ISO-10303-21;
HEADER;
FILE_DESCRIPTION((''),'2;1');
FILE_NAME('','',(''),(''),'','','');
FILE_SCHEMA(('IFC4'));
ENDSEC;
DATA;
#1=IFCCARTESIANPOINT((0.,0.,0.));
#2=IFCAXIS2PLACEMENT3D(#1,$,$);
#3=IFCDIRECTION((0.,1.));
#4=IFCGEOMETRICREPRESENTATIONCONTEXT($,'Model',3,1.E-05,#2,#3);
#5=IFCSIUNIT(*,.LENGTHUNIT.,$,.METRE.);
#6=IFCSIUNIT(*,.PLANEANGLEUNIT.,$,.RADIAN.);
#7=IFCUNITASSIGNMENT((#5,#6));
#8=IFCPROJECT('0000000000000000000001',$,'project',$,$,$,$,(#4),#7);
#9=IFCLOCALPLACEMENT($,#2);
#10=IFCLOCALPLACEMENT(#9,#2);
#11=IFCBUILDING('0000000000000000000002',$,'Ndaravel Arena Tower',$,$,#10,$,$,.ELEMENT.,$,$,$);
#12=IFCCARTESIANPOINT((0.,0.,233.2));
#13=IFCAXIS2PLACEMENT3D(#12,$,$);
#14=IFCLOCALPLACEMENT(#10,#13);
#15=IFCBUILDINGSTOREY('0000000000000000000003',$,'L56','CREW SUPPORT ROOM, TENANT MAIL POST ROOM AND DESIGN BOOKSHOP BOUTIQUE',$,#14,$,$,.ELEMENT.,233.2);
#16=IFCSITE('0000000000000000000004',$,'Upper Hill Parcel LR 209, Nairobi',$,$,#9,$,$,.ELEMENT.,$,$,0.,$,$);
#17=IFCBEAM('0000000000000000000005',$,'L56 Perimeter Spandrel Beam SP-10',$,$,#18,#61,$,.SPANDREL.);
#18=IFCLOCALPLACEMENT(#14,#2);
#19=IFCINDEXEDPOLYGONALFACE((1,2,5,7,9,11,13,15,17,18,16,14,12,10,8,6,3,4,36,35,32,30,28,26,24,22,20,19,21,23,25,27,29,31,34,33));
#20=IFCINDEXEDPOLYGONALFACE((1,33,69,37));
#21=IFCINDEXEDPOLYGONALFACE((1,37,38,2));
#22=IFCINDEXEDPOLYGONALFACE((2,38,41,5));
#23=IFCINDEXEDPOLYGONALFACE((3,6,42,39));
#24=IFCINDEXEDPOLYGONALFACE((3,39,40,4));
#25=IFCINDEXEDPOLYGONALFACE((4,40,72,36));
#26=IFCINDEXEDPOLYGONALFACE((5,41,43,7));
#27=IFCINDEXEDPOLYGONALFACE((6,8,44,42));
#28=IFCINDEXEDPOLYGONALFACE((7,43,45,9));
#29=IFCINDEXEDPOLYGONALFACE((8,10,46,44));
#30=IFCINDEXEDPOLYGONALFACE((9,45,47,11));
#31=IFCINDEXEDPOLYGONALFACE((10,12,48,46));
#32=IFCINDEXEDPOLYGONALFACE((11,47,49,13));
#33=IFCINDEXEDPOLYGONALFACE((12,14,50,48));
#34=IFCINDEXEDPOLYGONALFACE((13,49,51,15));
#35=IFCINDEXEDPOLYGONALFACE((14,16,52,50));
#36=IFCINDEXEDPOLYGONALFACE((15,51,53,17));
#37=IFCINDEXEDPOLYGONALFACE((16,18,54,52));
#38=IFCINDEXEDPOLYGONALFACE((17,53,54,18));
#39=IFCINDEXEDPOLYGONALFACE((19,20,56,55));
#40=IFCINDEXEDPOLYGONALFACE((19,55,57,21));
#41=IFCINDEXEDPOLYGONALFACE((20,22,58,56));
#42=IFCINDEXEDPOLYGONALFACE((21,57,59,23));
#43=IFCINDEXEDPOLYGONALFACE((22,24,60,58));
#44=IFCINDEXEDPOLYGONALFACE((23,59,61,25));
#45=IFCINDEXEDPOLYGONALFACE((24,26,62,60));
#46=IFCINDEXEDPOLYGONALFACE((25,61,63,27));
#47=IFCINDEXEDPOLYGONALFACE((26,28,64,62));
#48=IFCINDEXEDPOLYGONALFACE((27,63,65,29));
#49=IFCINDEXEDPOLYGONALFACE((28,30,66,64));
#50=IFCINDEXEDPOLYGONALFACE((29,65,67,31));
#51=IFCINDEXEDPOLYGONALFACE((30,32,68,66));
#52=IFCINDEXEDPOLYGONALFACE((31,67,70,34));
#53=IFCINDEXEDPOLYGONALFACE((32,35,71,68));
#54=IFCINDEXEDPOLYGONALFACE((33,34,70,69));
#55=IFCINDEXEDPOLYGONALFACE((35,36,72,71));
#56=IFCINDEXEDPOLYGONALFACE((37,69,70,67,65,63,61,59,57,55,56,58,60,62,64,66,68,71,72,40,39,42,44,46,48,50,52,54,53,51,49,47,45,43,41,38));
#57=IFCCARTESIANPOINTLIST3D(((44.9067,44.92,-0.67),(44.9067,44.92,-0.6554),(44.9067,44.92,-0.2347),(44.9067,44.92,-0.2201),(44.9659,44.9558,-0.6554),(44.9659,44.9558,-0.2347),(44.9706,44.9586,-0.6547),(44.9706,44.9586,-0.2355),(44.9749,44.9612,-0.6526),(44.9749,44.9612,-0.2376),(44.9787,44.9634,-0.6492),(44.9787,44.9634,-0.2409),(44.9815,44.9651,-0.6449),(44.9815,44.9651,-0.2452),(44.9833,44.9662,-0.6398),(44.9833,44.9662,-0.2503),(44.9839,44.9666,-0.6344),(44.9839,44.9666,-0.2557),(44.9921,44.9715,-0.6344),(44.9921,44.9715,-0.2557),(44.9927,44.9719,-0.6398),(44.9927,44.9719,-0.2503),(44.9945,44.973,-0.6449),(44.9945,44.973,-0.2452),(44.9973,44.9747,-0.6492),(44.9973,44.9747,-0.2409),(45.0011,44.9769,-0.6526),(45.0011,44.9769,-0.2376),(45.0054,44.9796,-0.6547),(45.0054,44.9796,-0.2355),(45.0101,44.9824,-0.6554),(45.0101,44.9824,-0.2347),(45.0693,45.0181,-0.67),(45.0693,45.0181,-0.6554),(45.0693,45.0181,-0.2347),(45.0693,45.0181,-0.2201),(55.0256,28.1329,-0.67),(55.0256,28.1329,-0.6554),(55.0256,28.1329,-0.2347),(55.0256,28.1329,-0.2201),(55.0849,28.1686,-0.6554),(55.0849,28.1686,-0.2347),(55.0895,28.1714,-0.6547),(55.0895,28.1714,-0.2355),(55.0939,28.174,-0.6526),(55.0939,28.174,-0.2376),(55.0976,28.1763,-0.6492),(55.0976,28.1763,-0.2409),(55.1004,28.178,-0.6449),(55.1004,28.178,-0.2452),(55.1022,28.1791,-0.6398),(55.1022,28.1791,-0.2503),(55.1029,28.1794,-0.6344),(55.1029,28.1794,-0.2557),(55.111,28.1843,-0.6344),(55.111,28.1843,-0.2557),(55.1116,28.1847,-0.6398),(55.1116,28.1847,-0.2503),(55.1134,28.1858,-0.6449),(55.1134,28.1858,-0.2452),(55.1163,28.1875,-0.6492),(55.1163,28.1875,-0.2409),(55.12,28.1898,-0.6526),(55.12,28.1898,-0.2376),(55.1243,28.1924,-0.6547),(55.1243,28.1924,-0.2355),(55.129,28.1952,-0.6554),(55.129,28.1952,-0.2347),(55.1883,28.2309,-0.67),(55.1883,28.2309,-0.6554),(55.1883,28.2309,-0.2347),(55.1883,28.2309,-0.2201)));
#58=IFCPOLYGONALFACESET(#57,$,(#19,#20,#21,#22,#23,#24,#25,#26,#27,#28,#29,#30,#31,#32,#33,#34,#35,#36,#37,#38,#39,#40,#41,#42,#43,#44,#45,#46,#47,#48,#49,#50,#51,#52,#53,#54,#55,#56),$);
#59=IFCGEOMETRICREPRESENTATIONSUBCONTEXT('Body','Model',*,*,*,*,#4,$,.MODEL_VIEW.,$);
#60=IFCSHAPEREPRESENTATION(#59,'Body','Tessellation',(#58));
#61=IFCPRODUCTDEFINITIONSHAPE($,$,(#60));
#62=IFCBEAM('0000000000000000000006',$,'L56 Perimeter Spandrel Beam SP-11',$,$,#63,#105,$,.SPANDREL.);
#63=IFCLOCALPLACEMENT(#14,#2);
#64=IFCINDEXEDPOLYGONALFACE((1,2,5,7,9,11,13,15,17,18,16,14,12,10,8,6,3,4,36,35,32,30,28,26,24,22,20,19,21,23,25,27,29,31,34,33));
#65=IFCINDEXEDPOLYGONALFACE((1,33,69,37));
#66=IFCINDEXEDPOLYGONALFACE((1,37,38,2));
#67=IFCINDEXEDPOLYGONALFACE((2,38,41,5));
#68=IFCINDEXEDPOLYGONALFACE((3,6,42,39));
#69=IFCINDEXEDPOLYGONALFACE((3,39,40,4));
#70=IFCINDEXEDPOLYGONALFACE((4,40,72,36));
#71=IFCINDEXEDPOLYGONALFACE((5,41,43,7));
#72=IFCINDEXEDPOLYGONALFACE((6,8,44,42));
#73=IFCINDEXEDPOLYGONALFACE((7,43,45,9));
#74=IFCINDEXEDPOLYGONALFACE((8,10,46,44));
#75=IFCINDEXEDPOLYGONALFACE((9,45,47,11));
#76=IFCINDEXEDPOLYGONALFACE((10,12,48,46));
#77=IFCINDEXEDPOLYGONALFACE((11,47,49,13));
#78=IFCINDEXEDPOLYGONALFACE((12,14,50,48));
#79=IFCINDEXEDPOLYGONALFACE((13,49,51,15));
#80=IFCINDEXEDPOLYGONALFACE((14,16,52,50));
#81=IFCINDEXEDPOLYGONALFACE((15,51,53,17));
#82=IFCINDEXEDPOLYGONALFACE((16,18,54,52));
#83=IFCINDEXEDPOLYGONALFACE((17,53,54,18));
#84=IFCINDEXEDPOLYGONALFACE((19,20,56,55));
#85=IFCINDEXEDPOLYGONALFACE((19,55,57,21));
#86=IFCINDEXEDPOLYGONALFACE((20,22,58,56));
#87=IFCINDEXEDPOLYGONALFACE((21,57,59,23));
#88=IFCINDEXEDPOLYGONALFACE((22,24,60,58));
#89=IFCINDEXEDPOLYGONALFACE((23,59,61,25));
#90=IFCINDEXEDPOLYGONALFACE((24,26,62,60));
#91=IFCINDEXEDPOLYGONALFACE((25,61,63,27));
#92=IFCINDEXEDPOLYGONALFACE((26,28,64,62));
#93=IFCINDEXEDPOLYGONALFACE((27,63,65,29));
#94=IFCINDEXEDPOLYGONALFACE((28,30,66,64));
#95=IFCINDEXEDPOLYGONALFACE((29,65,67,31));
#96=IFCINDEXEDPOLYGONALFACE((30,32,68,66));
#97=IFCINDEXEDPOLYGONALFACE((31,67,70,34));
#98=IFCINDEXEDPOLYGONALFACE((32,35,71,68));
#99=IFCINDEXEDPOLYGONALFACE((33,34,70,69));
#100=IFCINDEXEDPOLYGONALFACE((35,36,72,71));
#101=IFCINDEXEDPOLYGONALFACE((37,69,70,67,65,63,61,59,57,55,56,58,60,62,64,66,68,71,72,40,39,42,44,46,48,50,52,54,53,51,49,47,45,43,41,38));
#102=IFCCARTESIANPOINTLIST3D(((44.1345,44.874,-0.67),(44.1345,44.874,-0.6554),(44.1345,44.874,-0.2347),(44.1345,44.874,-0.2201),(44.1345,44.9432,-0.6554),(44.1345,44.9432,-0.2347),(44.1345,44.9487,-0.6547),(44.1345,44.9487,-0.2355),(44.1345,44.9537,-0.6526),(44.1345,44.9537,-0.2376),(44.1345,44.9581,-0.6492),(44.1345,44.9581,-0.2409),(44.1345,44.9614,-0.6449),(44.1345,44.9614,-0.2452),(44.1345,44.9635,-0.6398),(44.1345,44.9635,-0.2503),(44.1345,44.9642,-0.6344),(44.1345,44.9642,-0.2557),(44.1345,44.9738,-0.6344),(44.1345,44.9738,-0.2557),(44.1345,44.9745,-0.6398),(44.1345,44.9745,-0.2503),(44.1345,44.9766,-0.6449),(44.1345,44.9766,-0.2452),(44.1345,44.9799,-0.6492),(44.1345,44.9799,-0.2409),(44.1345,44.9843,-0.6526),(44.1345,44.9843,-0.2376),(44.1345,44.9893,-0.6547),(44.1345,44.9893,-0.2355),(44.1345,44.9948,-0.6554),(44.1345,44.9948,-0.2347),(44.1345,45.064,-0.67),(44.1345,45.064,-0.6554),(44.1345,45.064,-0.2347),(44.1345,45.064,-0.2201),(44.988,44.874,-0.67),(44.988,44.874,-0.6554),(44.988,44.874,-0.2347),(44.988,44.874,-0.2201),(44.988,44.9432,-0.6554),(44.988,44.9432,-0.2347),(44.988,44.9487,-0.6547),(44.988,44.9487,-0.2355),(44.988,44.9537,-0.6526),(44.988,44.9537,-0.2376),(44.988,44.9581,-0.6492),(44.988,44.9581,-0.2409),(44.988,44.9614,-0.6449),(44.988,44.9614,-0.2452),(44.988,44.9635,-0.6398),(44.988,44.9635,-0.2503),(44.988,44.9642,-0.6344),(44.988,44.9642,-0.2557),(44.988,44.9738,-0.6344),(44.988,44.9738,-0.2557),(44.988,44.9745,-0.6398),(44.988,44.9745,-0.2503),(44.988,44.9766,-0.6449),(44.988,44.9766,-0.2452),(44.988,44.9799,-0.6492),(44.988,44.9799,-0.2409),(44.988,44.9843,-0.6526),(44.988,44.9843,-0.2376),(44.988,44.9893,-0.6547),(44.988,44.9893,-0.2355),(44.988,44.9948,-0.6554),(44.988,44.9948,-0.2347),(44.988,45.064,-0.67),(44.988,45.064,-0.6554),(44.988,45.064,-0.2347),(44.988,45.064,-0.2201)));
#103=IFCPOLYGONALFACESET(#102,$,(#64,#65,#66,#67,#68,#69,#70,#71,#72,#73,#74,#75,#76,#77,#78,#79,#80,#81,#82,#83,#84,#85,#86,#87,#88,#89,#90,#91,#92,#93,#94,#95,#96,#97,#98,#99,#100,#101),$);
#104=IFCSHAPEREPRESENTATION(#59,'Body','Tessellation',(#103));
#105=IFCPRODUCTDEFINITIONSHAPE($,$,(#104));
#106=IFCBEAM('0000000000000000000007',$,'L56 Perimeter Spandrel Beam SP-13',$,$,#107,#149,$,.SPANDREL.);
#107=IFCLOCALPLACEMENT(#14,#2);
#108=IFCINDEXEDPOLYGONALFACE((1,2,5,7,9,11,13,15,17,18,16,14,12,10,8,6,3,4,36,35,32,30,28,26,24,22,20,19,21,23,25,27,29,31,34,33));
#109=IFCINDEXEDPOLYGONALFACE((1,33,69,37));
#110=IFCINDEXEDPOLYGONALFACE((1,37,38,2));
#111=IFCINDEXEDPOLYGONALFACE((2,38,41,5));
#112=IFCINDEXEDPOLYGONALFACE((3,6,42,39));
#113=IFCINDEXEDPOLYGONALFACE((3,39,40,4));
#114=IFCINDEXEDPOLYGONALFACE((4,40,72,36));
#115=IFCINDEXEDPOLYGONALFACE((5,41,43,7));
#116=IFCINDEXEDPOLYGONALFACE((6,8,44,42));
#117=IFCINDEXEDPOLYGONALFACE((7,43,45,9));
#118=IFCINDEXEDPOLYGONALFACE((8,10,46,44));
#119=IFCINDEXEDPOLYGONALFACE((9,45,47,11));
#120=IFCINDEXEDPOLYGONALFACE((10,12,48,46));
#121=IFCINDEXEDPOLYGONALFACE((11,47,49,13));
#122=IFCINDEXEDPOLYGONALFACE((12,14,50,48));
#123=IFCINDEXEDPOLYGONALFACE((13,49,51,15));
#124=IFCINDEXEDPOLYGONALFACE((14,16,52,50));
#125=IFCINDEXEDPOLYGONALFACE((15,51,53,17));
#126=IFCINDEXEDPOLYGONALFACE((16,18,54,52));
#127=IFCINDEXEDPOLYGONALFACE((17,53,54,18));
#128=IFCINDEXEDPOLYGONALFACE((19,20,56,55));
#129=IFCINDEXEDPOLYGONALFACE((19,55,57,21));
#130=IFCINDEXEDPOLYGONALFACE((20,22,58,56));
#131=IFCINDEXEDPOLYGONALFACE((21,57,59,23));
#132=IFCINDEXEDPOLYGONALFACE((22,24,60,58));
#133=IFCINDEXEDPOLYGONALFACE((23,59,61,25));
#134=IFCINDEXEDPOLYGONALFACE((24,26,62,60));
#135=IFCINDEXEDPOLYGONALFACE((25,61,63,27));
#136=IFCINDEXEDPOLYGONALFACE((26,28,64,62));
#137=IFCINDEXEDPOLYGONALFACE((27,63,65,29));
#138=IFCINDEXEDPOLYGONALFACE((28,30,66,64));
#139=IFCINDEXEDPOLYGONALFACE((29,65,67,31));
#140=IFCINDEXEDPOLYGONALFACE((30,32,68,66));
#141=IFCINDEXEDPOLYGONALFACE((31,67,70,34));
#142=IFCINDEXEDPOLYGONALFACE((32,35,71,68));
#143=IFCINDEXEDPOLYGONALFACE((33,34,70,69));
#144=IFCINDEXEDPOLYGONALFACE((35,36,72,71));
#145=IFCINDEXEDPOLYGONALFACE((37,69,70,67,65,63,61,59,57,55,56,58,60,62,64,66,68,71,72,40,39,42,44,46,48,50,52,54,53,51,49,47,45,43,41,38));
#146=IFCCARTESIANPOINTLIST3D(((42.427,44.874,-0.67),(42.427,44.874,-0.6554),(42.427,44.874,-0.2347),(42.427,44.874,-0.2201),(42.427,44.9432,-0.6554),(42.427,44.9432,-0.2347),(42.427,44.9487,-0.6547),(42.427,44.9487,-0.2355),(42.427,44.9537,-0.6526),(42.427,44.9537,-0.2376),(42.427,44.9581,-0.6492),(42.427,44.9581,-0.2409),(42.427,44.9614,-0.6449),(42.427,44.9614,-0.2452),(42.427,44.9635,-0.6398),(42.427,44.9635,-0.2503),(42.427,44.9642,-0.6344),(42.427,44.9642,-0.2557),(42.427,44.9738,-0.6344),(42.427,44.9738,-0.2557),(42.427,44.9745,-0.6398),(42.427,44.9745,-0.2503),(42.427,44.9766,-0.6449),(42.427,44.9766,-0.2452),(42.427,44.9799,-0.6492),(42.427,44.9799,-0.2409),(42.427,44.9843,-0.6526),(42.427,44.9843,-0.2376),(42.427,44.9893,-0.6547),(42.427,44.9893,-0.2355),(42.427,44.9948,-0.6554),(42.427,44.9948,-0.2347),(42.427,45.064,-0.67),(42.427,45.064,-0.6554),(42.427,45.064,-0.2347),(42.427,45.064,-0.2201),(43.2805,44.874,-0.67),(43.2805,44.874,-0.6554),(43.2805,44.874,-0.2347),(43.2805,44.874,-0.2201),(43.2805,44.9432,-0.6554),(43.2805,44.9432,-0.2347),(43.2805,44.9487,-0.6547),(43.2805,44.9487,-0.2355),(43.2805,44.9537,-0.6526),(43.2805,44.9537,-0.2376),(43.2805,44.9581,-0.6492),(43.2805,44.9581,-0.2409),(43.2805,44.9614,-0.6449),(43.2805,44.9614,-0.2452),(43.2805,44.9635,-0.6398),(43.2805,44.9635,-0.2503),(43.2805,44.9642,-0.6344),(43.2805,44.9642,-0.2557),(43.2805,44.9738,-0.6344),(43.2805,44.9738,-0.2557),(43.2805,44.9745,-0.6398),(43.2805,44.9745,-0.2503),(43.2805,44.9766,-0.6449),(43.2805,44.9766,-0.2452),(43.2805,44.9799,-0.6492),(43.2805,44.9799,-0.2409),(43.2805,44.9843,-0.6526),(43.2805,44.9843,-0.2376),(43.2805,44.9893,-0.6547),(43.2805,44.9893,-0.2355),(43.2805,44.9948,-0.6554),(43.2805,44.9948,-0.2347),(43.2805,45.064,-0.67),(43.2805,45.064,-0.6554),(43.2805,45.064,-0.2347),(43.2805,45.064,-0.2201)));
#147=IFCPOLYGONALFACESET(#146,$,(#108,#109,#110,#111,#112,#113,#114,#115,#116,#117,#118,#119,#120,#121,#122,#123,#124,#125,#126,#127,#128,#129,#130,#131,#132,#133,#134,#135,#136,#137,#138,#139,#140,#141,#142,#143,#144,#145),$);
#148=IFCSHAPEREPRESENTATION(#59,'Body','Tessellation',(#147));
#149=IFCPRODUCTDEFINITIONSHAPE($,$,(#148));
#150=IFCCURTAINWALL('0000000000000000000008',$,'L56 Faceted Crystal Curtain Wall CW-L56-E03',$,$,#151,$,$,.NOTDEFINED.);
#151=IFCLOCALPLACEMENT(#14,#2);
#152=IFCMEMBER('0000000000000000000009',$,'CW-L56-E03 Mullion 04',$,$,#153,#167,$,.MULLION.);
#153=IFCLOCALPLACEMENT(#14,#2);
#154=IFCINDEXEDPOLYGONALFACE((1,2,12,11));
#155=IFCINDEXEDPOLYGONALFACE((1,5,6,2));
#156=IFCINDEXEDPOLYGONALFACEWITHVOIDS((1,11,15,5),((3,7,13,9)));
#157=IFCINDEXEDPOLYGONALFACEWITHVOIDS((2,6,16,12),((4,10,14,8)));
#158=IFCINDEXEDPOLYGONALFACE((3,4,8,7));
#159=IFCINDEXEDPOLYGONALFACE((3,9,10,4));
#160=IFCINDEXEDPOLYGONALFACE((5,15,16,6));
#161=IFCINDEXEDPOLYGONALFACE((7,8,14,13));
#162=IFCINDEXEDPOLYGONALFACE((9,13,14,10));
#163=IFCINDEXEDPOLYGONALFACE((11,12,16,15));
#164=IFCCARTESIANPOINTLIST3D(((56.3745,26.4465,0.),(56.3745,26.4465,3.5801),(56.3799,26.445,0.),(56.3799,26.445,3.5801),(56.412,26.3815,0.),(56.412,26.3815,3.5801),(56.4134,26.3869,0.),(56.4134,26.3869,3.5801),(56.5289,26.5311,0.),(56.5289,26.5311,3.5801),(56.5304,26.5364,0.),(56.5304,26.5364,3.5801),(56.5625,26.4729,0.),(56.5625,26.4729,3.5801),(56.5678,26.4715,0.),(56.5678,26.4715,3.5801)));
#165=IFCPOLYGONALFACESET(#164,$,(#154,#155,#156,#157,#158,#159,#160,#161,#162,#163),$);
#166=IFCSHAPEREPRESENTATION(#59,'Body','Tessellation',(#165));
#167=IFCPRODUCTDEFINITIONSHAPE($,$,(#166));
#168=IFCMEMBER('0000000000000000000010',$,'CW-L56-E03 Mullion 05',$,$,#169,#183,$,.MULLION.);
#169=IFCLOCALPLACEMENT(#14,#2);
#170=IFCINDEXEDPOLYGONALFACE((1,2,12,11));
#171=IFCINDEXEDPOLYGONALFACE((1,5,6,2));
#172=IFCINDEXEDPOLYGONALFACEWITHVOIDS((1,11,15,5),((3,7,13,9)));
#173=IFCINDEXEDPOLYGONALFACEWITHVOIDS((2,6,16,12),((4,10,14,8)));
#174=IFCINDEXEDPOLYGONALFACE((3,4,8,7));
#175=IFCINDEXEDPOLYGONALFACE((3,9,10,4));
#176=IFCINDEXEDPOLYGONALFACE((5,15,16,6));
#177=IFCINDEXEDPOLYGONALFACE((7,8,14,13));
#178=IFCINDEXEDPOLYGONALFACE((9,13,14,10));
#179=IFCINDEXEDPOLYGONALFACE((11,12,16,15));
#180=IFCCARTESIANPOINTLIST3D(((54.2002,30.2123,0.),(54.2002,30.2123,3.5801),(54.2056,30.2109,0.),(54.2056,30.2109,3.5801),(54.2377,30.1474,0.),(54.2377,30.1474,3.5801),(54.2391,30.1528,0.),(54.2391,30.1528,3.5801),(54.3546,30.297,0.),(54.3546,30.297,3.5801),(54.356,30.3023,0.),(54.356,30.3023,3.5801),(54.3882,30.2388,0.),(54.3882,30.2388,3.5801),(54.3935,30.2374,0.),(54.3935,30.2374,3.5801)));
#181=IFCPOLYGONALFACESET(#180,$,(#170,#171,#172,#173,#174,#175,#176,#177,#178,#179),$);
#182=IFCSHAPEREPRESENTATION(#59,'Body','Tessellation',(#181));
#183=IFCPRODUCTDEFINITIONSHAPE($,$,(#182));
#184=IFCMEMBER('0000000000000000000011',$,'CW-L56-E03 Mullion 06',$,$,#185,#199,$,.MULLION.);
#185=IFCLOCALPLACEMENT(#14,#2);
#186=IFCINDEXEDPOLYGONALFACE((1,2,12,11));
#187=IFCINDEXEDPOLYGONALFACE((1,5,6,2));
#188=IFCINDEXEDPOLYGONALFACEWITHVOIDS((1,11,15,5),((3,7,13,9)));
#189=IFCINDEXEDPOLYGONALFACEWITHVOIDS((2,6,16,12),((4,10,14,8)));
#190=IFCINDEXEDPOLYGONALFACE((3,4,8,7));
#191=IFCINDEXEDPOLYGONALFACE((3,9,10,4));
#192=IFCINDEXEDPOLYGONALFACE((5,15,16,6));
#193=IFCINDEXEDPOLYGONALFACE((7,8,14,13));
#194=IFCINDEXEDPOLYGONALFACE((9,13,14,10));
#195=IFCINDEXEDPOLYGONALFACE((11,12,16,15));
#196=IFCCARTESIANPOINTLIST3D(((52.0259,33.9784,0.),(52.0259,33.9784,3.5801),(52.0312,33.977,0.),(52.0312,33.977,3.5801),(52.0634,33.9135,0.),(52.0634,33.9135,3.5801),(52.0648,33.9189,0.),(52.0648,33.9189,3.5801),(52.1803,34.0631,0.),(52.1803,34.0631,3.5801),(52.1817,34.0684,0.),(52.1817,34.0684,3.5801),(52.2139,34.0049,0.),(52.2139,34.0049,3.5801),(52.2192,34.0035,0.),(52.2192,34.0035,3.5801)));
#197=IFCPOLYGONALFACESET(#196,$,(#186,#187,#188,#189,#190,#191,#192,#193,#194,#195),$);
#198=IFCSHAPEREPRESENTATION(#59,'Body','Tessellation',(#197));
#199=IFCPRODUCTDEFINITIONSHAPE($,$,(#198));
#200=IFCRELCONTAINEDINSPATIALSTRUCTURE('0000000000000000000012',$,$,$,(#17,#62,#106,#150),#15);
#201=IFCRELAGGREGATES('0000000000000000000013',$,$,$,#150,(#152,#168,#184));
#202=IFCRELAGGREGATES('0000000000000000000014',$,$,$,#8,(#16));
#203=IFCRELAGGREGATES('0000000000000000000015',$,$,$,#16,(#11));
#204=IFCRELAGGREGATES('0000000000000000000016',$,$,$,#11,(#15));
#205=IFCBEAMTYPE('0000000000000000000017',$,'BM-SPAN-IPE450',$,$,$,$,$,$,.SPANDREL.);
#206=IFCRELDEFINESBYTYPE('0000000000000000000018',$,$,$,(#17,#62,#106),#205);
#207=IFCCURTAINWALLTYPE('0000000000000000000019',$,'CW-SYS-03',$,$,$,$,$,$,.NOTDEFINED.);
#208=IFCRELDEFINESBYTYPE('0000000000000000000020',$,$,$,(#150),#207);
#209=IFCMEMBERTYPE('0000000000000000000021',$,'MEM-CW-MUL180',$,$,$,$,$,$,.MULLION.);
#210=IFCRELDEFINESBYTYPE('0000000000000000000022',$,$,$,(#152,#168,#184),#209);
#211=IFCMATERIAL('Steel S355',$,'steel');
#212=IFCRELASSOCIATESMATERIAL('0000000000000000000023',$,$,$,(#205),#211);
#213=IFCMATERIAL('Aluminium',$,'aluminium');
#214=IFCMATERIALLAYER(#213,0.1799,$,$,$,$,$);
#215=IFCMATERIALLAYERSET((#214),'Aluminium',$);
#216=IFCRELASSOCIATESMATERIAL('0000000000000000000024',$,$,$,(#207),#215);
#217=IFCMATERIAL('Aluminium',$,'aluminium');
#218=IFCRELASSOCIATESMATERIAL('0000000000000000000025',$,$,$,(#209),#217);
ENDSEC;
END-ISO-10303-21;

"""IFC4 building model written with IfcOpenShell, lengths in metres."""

from ifc_helpers import new_model, si_unit, direction, frame, origin, origin_2d, place, context, subcontext, project, spatial, hollow_rectangle, i_section, extrude, material, layer, layer_set, material_profile, profile_set, type_object, element, aggregate, save


model = new_model("IFC4")

# Units and contexts
model_context = context("Model", 3, precision=1e-05, world=origin(), true_north=direction((0.0, 1.0)))
body_context = subcontext(model_context, "Body", "Model", "MODEL_VIEW")
ifc_project = project(units=[si_unit("LENGTHUNIT", "METRE"), si_unit("PLANEANGLEUNIT", "RADIAN")], contexts=[model_context])

# Site, building, storey
site_placement = place(None, origin())
site = spatial("IfcSite", under=ifc_project, at=site_placement, Name="Upper Hill Parcel LR 209, Nairobi", CompositionType="ELEMENT", RefElevation=0.0)
building_placement = place(site_placement, origin())
building = spatial("IfcBuilding", under=site, at=building_placement, Name="Ndaravel Arena Tower", CompositionType="ELEMENT")
storey_placement = place(building_placement, frame((0.0, 0.0, 233.2)))
storey = spatial("IfcBuildingStorey", under=building, at=storey_placement, Name="L56", Description="CREW SUPPORT ROOM, TENANT MAIL POST ROOM AND DESIGN BOOKSHOP BOUTIQUE", CompositionType="ELEMENT", Elevation=233.2)

# Beams
ifc_material_1 = material(Name="Steel S355", Category="steel")
ifc_material_profile_1 = material_profile(ifc_material_1, i_section(OverallWidth=0.1899, OverallDepth=0.45, WebThickness=0.0095, FlangeThickness=0.0146, FilletRadius=0.021, at=origin_2d()), Name="IPE 450")
ifc_profile_set_1 = profile_set([ifc_material_profile_1], Name="Steel S355")
beam_type_1 = type_object("IfcBeamType", Name="BM-SPAN-IPE450", PredefinedType="SPANDREL", material=ifc_profile_set_1)
beam_1_placement = place(storey_placement, frame((55.1069, 28.1819, -0.4451), z_axis=(-0.516244, 0.856442, 0.0), x_axis=(-0.856442, -0.516244, 0.0)))
element("IfcBeam", 1, at=beam_1_placement, inside=storey, type_object=beam_type_1, Name="L56 Perimeter Spandrel Beam SP-10", PredefinedType="SPANDREL", context=body_context, shape_type="SweptSolid", body=[
    extrude(i_section(OverallWidth=0.1899, OverallDepth=0.45, WebThickness=0.0095, FlangeThickness=0.0146, FilletRadius=0.021, at=origin_2d()), origin(), (0.0, 0.0, 1.0), 19.6011),
])
for number, where, z_axis, x_axis, name in (
    (2, (44.988, 44.969, -0.4451), (-1.0, 0.0, 0.0), (0.0, -1.0, 0.0), "L56 Perimeter Spandrel Beam SP-11"),
    (3, (43.2805, 44.969, -0.4451), (-1.0, 0.0, 0.0), (0.0, -1.0, 0.0), "L56 Perimeter Spandrel Beam SP-13"),
):
    element("IfcBeam", number, at=place(storey_placement, frame(where, z_axis=z_axis, x_axis=x_axis)), inside=storey, type_object=beam_type_1, Name=name, PredefinedType="SPANDREL", context=body_context, shape_type="SweptSolid", body=[
        extrude(i_section(OverallWidth=0.1899, OverallDepth=0.45, WebThickness=0.0095, FlangeThickness=0.0146, FilletRadius=0.021, at=origin_2d()), origin(), (0.0, 0.0, 1.0), 0.8535),
    ])

# Curtain wall, members
ifc_material_2 = material(Name="Aluminium", Category="aluminium")
ifc_layer_1 = layer(ifc_material_2, 0.1799)
ifc_layer_set_1 = layer_set([ifc_layer_1], Name="Aluminium")
curtain_wall_type_1 = type_object("IfcCurtainWallType", Name="CW-SYS-03", PredefinedType="NOTDEFINED", material=ifc_layer_set_1)
curtain_wall_1_placement = place(storey_placement, origin())
curtain_wall_1 = element("IfcCurtainWall", 4, at=curtain_wall_1_placement, inside=storey, type_object=curtain_wall_type_1, Name="L56 Faceted Crystal Curtain Wall CW-L56-E03", PredefinedType="NOTDEFINED")
ifc_material_3 = material(Name="Aluminium", Category="aluminium")
ifc_material_profile_2 = material_profile(ifc_material_3, hollow_rectangle(XDim=0.075, YDim=0.1799, WallThickness=0.0039, at=origin_2d()), Name="CW MULLION 75x180x4")
ifc_profile_set_2 = profile_set([ifc_material_profile_2], Name="Aluminium")
member_type_1 = type_object("IfcMemberType", Name="MEM-CW-MUL180", PredefinedType="MULLION", material=ifc_profile_set_2)
member_1_placement = place(storey_placement, frame((56.4712, 26.459, 0.0), z_axis=(0.0, 0.0, 1.0), x_axis=(-0.5, 0.866025, 0.0)))
member_1 = element("IfcMember", 5, at=member_1_placement, type_object=member_type_1, Name="CW-L56-E03 Mullion 04", PredefinedType="MULLION", context=body_context, shape_type="SweptSolid", body=[
    extrude(hollow_rectangle(XDim=0.075, YDim=0.1799, WallThickness=0.0039, at=origin_2d()), origin(), (0.0, 0.0, 1.0), 3.5801),
])
member_2_placement = place(storey_placement, frame((54.2969, 30.2249, 0.0), z_axis=(0.0, 0.0, 1.0), x_axis=(-0.5, 0.866025, 0.0)))
member_2 = element("IfcMember", 6, at=member_2_placement, type_object=member_type_1, Name="CW-L56-E03 Mullion 05", PredefinedType="MULLION", context=body_context, shape_type="SweptSolid", body=[
    extrude(hollow_rectangle(XDim=0.075, YDim=0.1799, WallThickness=0.0039, at=origin_2d()), origin(), (0.0, 0.0, 1.0), 3.5801),
])
member_3_placement = place(storey_placement, frame((52.1226, 33.991, 0.0), z_axis=(0.0, 0.0, 1.0), x_axis=(-0.5, 0.866025, 0.0)))
member_3 = element("IfcMember", 7, at=member_3_placement, type_object=member_type_1, Name="CW-L56-E03 Mullion 06", PredefinedType="MULLION", context=body_context, shape_type="SweptSolid", body=[
    extrude(hollow_rectangle(XDim=0.075, YDim=0.1799, WallThickness=0.0039, at=origin_2d()), origin(), (0.0, 0.0, 1.0), 3.5801),
])

aggregate(curtain_wall_1, [member_1, member_2, member_3])

save(model, "model.ifc")
